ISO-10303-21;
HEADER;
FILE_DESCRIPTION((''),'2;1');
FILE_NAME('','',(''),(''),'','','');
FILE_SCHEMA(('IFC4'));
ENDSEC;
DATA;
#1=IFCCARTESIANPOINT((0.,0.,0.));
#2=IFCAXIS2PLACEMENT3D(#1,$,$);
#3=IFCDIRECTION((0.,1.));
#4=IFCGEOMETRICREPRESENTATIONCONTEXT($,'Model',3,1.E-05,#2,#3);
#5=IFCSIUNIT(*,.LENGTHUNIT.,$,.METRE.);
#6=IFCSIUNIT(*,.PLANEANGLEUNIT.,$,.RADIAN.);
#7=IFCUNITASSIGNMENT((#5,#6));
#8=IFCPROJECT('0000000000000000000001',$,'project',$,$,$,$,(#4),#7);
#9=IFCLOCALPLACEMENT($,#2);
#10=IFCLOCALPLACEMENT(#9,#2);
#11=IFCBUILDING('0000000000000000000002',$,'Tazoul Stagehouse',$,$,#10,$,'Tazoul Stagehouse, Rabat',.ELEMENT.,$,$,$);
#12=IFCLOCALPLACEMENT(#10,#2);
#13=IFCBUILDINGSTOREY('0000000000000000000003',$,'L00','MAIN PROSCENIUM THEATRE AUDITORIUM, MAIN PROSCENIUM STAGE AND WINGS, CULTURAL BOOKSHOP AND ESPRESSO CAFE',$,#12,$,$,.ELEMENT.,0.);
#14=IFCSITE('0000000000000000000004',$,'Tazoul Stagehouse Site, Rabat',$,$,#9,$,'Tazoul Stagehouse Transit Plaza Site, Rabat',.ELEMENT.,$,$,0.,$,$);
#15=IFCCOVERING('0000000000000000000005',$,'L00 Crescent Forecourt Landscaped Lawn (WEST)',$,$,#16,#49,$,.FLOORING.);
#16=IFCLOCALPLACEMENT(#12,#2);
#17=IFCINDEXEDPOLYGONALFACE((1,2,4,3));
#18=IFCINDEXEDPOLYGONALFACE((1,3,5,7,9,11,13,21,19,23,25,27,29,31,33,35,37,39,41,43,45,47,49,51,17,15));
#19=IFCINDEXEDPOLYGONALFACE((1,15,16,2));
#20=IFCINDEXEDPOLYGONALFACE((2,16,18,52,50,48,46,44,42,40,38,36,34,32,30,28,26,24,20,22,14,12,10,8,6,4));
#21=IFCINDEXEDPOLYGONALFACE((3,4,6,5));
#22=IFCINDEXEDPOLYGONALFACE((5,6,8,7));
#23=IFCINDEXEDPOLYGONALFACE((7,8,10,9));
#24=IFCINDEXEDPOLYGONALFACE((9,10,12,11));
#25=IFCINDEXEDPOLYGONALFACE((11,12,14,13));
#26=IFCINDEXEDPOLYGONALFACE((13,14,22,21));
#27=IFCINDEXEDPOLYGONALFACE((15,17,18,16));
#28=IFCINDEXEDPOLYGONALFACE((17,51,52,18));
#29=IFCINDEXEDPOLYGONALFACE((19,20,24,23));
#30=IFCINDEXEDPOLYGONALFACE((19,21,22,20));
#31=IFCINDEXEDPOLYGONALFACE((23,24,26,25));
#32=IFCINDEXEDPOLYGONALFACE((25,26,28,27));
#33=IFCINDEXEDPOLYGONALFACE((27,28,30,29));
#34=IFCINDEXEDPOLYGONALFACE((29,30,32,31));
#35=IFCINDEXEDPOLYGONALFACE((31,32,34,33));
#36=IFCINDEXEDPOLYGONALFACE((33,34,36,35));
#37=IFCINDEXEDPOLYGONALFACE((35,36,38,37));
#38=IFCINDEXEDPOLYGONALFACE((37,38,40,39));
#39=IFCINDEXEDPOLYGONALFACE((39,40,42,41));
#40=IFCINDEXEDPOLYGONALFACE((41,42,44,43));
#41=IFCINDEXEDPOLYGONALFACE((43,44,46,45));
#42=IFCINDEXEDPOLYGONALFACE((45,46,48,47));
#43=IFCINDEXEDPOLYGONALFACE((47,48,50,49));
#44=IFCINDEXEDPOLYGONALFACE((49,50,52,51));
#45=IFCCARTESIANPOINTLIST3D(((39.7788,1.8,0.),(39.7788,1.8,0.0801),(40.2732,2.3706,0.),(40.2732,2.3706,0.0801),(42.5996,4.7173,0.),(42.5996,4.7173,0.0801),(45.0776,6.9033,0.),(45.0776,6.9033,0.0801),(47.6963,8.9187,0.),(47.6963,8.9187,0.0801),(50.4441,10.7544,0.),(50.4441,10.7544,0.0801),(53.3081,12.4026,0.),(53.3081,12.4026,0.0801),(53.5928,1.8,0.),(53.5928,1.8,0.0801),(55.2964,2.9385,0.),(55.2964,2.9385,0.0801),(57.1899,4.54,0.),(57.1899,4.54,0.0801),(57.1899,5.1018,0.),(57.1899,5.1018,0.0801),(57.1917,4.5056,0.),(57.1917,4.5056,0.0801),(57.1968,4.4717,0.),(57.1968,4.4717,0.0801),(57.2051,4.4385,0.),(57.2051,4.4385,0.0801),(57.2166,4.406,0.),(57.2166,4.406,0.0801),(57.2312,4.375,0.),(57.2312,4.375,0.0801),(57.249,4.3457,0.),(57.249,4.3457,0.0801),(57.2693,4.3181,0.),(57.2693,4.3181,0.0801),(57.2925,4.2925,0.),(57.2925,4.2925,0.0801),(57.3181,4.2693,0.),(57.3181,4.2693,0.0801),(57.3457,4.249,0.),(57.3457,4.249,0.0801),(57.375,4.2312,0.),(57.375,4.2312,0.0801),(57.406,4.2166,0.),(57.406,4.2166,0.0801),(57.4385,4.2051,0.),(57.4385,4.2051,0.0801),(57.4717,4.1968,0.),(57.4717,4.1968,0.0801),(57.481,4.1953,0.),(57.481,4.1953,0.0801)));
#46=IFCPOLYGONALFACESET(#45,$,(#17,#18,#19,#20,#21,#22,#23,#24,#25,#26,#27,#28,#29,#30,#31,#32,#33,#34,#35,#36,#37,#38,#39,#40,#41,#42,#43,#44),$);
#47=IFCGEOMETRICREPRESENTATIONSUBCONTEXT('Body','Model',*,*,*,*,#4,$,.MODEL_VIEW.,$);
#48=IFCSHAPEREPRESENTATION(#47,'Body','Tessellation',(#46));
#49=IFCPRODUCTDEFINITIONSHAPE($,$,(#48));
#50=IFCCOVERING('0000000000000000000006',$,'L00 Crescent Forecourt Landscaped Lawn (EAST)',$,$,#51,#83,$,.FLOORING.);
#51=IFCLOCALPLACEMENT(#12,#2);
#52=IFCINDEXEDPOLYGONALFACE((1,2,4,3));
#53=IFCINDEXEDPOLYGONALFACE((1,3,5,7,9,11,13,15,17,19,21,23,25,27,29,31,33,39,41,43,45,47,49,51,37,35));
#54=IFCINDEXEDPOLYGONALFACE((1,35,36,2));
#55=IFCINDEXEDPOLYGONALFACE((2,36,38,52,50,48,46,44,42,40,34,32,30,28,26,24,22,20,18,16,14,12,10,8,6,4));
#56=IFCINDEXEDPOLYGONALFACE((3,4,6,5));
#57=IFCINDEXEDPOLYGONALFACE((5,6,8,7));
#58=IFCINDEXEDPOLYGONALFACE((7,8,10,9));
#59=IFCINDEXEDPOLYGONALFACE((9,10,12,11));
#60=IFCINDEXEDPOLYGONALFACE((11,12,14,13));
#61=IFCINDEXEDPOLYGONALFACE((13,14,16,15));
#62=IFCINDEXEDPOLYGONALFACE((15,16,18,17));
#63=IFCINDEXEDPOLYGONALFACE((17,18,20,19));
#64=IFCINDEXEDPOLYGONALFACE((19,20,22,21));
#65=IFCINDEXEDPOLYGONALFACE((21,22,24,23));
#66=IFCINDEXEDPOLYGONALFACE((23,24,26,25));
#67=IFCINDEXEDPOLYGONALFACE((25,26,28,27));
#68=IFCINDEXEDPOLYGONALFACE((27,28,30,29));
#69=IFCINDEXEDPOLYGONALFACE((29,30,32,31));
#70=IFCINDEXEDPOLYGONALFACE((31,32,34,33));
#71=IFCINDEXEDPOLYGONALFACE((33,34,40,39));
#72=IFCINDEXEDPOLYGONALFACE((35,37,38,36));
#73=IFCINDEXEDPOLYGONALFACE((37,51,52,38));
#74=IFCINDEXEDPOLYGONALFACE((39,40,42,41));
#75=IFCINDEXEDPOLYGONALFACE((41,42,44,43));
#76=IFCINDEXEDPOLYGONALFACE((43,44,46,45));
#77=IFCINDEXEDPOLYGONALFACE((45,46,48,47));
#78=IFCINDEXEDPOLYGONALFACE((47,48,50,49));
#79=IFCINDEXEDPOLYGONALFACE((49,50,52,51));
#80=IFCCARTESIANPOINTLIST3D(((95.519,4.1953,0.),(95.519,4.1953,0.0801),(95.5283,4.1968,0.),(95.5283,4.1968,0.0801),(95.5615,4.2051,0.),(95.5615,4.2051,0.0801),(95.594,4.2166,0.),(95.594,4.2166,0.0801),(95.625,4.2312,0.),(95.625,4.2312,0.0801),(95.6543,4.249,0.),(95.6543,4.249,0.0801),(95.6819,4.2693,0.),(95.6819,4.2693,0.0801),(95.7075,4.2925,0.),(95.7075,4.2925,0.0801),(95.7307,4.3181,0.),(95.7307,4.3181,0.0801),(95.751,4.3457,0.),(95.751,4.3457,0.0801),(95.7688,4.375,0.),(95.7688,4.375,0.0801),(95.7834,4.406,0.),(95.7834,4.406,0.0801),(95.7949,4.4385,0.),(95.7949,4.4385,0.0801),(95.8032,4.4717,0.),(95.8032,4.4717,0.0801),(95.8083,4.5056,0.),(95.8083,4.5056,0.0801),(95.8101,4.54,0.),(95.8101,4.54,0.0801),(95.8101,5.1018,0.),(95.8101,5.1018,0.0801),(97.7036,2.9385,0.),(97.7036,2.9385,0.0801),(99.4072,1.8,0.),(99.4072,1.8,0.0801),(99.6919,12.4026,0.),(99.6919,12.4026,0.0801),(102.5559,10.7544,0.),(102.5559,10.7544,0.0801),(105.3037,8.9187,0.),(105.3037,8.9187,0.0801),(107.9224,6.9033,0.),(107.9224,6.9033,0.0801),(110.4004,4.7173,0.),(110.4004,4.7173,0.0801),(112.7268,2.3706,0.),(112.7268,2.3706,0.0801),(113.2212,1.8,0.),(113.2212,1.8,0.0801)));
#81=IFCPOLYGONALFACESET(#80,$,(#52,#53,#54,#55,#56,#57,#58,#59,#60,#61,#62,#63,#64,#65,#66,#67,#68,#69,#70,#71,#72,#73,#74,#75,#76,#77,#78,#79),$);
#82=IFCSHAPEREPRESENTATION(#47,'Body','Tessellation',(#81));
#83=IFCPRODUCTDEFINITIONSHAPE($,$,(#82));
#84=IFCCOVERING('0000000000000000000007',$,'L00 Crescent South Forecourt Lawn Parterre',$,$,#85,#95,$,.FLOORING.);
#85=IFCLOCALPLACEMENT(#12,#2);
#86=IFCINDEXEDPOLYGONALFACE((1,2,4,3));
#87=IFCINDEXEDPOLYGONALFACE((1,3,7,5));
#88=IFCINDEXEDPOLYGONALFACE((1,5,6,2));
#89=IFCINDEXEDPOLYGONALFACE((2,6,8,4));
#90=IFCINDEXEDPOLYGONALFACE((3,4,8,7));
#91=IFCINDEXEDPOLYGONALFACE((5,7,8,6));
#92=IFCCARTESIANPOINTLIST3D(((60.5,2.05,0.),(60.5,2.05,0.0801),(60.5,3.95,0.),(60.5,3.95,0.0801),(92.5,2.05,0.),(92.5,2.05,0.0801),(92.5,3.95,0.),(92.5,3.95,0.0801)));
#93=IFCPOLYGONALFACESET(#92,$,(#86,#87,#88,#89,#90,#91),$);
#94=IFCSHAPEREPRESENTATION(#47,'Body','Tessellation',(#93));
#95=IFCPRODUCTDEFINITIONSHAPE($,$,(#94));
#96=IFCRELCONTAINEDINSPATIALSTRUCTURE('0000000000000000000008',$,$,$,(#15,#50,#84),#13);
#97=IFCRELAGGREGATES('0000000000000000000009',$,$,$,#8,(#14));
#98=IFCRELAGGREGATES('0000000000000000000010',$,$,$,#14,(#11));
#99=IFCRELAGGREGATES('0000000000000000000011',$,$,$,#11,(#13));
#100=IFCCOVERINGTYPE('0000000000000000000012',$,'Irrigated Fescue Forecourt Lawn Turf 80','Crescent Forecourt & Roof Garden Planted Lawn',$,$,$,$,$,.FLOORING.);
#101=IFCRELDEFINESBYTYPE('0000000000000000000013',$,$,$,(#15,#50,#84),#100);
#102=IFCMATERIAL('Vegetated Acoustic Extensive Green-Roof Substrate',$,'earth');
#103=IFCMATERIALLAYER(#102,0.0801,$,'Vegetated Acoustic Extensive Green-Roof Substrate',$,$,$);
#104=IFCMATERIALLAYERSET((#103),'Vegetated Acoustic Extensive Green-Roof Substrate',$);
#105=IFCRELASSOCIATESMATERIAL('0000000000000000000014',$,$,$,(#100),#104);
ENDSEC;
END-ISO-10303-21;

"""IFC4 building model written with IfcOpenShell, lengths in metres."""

from ifc_helpers import new_model, si_unit, direction, origin, place, context, subcontext, project, spatial, polyline, outline, extrude, material, layer, layer_set, type_object, element, save


model = new_model("IFC4")

# Units and contexts
model_context = context("Model", 3, precision=1e-05, world=origin(), true_north=direction((0.0, 1.0)))
body_context = subcontext(model_context, "Body", "Model", "MODEL_VIEW")
ifc_project = project(units=[si_unit("LENGTHUNIT", "METRE"), si_unit("PLANEANGLEUNIT", "RADIAN")], contexts=[model_context])

# Site, building, storey
site_placement = place(None, origin())
site = spatial("IfcSite", under=ifc_project, at=site_placement, Name="Tazoul Stagehouse Site, Rabat", LongName="Tazoul Stagehouse Transit Plaza Site, Rabat", CompositionType="ELEMENT", RefElevation=0.0)
building_placement = place(site_placement, origin())
building = spatial("IfcBuilding", under=site, at=building_placement, Name="Tazoul Stagehouse", LongName="Tazoul Stagehouse, Rabat", CompositionType="ELEMENT")
storey_placement = place(building_placement, origin())
storey = spatial("IfcBuildingStorey", under=building, at=storey_placement, Name="L00", Description="MAIN PROSCENIUM THEATRE AUDITORIUM, MAIN PROSCENIUM STAGE AND WINGS, CULTURAL BOOKSHOP AND ESPRESSO CAFE", CompositionType="ELEMENT", Elevation=0.0)

# Coverings
ifc_material_1 = material(Name="Vegetated Acoustic Extensive Green-Roof Substrate", Category="earth")
ifc_layer_1 = layer(ifc_material_1, 0.0801, Name="Vegetated Acoustic Extensive Green-Roof Substrate")
ifc_layer_set_1 = layer_set([ifc_layer_1], Name="Vegetated Acoustic Extensive Green-Roof Substrate")
covering_type_1 = type_object("IfcCoveringType", Name="Irrigated Fescue Forecourt Lawn Turf 80", Description="Crescent Forecourt & Roof Garden Planted Lawn", PredefinedType="FLOORING", material=ifc_layer_set_1)
covering_1_placement = place(storey_placement, origin())
element("IfcCovering", 1, at=covering_1_placement, inside=storey, type_object=covering_type_1, Name="L00 Crescent Forecourt Landscaped Lawn (WEST)", PredefinedType="FLOORING", context=body_context, shape_type="SweptSolid", body=[
    extrude(outline(polyline([(40.2732, 2.3706), (42.5996, 4.7173), (45.0776, 6.9033), (47.6963, 8.9187), (50.4441, 10.7544), (53.3081, 12.4026), (57.1899, 5.1018), (57.1899, 4.54), (57.1917, 4.5056), (57.1968, 4.4717), (57.2051, 4.4385), (57.2166, 4.406), (57.2312, 4.375), (57.249, 4.3457), (57.2693, 4.3181), (57.2925, 4.2925), (57.3181, 4.2693), (57.3457, 4.249), (57.375, 4.2312), (57.406, 4.2166), (57.4385, 4.2051), (57.4717, 4.1968), (57.481, 4.1953), (55.2964, 2.9385), (53.5928, 1.8), (39.7788, 1.8), (40.2732, 2.3706)])), origin(), (0.0, 0.0, 1.0), 0.0801),
])
covering_2_placement = place(storey_placement, origin())
element("IfcCovering", 2, at=covering_2_placement, inside=storey, type_object=covering_type_1, Name="L00 Crescent Forecourt Landscaped Lawn (EAST)", PredefinedType="FLOORING", context=body_context, shape_type="SweptSolid", body=[
    extrude(outline(polyline([(99.6919, 12.4026), (102.5559, 10.7544), (105.3037, 8.9187), (107.9224, 6.9033), (110.4004, 4.7173), (112.7268, 2.3706), (113.2212, 1.8), (99.4072, 1.8), (97.7036, 2.9385), (95.519, 4.1953), (95.5283, 4.1968), (95.5615, 4.2051), (95.594, 4.2166), (95.625, 4.2312), (95.6543, 4.249), (95.6819, 4.2693), (95.7075, 4.2925), (95.7307, 4.3181), (95.751, 4.3457), (95.7688, 4.375), (95.7834, 4.406), (95.7949, 4.4385), (95.8032, 4.4717), (95.8083, 4.5056), (95.8101, 4.54), (95.8101, 5.1018), (99.6919, 12.4026)])), origin(), (0.0, 0.0, 1.0), 0.0801),
])
covering_3_placement = place(storey_placement, origin())
element("IfcCovering", 3, at=covering_3_placement, inside=storey, type_object=covering_type_1, Name="L00 Crescent South Forecourt Lawn Parterre", PredefinedType="FLOORING", context=body_context, shape_type="SweptSolid", body=[
    extrude(outline(polyline([(92.5, 2.05), (92.5, 3.95), (60.5, 3.95), (60.5, 2.05), (92.5, 2.05)])), origin(), (0.0, 0.0, 1.0), 0.0801),
])

save(model, "model.ifc")
